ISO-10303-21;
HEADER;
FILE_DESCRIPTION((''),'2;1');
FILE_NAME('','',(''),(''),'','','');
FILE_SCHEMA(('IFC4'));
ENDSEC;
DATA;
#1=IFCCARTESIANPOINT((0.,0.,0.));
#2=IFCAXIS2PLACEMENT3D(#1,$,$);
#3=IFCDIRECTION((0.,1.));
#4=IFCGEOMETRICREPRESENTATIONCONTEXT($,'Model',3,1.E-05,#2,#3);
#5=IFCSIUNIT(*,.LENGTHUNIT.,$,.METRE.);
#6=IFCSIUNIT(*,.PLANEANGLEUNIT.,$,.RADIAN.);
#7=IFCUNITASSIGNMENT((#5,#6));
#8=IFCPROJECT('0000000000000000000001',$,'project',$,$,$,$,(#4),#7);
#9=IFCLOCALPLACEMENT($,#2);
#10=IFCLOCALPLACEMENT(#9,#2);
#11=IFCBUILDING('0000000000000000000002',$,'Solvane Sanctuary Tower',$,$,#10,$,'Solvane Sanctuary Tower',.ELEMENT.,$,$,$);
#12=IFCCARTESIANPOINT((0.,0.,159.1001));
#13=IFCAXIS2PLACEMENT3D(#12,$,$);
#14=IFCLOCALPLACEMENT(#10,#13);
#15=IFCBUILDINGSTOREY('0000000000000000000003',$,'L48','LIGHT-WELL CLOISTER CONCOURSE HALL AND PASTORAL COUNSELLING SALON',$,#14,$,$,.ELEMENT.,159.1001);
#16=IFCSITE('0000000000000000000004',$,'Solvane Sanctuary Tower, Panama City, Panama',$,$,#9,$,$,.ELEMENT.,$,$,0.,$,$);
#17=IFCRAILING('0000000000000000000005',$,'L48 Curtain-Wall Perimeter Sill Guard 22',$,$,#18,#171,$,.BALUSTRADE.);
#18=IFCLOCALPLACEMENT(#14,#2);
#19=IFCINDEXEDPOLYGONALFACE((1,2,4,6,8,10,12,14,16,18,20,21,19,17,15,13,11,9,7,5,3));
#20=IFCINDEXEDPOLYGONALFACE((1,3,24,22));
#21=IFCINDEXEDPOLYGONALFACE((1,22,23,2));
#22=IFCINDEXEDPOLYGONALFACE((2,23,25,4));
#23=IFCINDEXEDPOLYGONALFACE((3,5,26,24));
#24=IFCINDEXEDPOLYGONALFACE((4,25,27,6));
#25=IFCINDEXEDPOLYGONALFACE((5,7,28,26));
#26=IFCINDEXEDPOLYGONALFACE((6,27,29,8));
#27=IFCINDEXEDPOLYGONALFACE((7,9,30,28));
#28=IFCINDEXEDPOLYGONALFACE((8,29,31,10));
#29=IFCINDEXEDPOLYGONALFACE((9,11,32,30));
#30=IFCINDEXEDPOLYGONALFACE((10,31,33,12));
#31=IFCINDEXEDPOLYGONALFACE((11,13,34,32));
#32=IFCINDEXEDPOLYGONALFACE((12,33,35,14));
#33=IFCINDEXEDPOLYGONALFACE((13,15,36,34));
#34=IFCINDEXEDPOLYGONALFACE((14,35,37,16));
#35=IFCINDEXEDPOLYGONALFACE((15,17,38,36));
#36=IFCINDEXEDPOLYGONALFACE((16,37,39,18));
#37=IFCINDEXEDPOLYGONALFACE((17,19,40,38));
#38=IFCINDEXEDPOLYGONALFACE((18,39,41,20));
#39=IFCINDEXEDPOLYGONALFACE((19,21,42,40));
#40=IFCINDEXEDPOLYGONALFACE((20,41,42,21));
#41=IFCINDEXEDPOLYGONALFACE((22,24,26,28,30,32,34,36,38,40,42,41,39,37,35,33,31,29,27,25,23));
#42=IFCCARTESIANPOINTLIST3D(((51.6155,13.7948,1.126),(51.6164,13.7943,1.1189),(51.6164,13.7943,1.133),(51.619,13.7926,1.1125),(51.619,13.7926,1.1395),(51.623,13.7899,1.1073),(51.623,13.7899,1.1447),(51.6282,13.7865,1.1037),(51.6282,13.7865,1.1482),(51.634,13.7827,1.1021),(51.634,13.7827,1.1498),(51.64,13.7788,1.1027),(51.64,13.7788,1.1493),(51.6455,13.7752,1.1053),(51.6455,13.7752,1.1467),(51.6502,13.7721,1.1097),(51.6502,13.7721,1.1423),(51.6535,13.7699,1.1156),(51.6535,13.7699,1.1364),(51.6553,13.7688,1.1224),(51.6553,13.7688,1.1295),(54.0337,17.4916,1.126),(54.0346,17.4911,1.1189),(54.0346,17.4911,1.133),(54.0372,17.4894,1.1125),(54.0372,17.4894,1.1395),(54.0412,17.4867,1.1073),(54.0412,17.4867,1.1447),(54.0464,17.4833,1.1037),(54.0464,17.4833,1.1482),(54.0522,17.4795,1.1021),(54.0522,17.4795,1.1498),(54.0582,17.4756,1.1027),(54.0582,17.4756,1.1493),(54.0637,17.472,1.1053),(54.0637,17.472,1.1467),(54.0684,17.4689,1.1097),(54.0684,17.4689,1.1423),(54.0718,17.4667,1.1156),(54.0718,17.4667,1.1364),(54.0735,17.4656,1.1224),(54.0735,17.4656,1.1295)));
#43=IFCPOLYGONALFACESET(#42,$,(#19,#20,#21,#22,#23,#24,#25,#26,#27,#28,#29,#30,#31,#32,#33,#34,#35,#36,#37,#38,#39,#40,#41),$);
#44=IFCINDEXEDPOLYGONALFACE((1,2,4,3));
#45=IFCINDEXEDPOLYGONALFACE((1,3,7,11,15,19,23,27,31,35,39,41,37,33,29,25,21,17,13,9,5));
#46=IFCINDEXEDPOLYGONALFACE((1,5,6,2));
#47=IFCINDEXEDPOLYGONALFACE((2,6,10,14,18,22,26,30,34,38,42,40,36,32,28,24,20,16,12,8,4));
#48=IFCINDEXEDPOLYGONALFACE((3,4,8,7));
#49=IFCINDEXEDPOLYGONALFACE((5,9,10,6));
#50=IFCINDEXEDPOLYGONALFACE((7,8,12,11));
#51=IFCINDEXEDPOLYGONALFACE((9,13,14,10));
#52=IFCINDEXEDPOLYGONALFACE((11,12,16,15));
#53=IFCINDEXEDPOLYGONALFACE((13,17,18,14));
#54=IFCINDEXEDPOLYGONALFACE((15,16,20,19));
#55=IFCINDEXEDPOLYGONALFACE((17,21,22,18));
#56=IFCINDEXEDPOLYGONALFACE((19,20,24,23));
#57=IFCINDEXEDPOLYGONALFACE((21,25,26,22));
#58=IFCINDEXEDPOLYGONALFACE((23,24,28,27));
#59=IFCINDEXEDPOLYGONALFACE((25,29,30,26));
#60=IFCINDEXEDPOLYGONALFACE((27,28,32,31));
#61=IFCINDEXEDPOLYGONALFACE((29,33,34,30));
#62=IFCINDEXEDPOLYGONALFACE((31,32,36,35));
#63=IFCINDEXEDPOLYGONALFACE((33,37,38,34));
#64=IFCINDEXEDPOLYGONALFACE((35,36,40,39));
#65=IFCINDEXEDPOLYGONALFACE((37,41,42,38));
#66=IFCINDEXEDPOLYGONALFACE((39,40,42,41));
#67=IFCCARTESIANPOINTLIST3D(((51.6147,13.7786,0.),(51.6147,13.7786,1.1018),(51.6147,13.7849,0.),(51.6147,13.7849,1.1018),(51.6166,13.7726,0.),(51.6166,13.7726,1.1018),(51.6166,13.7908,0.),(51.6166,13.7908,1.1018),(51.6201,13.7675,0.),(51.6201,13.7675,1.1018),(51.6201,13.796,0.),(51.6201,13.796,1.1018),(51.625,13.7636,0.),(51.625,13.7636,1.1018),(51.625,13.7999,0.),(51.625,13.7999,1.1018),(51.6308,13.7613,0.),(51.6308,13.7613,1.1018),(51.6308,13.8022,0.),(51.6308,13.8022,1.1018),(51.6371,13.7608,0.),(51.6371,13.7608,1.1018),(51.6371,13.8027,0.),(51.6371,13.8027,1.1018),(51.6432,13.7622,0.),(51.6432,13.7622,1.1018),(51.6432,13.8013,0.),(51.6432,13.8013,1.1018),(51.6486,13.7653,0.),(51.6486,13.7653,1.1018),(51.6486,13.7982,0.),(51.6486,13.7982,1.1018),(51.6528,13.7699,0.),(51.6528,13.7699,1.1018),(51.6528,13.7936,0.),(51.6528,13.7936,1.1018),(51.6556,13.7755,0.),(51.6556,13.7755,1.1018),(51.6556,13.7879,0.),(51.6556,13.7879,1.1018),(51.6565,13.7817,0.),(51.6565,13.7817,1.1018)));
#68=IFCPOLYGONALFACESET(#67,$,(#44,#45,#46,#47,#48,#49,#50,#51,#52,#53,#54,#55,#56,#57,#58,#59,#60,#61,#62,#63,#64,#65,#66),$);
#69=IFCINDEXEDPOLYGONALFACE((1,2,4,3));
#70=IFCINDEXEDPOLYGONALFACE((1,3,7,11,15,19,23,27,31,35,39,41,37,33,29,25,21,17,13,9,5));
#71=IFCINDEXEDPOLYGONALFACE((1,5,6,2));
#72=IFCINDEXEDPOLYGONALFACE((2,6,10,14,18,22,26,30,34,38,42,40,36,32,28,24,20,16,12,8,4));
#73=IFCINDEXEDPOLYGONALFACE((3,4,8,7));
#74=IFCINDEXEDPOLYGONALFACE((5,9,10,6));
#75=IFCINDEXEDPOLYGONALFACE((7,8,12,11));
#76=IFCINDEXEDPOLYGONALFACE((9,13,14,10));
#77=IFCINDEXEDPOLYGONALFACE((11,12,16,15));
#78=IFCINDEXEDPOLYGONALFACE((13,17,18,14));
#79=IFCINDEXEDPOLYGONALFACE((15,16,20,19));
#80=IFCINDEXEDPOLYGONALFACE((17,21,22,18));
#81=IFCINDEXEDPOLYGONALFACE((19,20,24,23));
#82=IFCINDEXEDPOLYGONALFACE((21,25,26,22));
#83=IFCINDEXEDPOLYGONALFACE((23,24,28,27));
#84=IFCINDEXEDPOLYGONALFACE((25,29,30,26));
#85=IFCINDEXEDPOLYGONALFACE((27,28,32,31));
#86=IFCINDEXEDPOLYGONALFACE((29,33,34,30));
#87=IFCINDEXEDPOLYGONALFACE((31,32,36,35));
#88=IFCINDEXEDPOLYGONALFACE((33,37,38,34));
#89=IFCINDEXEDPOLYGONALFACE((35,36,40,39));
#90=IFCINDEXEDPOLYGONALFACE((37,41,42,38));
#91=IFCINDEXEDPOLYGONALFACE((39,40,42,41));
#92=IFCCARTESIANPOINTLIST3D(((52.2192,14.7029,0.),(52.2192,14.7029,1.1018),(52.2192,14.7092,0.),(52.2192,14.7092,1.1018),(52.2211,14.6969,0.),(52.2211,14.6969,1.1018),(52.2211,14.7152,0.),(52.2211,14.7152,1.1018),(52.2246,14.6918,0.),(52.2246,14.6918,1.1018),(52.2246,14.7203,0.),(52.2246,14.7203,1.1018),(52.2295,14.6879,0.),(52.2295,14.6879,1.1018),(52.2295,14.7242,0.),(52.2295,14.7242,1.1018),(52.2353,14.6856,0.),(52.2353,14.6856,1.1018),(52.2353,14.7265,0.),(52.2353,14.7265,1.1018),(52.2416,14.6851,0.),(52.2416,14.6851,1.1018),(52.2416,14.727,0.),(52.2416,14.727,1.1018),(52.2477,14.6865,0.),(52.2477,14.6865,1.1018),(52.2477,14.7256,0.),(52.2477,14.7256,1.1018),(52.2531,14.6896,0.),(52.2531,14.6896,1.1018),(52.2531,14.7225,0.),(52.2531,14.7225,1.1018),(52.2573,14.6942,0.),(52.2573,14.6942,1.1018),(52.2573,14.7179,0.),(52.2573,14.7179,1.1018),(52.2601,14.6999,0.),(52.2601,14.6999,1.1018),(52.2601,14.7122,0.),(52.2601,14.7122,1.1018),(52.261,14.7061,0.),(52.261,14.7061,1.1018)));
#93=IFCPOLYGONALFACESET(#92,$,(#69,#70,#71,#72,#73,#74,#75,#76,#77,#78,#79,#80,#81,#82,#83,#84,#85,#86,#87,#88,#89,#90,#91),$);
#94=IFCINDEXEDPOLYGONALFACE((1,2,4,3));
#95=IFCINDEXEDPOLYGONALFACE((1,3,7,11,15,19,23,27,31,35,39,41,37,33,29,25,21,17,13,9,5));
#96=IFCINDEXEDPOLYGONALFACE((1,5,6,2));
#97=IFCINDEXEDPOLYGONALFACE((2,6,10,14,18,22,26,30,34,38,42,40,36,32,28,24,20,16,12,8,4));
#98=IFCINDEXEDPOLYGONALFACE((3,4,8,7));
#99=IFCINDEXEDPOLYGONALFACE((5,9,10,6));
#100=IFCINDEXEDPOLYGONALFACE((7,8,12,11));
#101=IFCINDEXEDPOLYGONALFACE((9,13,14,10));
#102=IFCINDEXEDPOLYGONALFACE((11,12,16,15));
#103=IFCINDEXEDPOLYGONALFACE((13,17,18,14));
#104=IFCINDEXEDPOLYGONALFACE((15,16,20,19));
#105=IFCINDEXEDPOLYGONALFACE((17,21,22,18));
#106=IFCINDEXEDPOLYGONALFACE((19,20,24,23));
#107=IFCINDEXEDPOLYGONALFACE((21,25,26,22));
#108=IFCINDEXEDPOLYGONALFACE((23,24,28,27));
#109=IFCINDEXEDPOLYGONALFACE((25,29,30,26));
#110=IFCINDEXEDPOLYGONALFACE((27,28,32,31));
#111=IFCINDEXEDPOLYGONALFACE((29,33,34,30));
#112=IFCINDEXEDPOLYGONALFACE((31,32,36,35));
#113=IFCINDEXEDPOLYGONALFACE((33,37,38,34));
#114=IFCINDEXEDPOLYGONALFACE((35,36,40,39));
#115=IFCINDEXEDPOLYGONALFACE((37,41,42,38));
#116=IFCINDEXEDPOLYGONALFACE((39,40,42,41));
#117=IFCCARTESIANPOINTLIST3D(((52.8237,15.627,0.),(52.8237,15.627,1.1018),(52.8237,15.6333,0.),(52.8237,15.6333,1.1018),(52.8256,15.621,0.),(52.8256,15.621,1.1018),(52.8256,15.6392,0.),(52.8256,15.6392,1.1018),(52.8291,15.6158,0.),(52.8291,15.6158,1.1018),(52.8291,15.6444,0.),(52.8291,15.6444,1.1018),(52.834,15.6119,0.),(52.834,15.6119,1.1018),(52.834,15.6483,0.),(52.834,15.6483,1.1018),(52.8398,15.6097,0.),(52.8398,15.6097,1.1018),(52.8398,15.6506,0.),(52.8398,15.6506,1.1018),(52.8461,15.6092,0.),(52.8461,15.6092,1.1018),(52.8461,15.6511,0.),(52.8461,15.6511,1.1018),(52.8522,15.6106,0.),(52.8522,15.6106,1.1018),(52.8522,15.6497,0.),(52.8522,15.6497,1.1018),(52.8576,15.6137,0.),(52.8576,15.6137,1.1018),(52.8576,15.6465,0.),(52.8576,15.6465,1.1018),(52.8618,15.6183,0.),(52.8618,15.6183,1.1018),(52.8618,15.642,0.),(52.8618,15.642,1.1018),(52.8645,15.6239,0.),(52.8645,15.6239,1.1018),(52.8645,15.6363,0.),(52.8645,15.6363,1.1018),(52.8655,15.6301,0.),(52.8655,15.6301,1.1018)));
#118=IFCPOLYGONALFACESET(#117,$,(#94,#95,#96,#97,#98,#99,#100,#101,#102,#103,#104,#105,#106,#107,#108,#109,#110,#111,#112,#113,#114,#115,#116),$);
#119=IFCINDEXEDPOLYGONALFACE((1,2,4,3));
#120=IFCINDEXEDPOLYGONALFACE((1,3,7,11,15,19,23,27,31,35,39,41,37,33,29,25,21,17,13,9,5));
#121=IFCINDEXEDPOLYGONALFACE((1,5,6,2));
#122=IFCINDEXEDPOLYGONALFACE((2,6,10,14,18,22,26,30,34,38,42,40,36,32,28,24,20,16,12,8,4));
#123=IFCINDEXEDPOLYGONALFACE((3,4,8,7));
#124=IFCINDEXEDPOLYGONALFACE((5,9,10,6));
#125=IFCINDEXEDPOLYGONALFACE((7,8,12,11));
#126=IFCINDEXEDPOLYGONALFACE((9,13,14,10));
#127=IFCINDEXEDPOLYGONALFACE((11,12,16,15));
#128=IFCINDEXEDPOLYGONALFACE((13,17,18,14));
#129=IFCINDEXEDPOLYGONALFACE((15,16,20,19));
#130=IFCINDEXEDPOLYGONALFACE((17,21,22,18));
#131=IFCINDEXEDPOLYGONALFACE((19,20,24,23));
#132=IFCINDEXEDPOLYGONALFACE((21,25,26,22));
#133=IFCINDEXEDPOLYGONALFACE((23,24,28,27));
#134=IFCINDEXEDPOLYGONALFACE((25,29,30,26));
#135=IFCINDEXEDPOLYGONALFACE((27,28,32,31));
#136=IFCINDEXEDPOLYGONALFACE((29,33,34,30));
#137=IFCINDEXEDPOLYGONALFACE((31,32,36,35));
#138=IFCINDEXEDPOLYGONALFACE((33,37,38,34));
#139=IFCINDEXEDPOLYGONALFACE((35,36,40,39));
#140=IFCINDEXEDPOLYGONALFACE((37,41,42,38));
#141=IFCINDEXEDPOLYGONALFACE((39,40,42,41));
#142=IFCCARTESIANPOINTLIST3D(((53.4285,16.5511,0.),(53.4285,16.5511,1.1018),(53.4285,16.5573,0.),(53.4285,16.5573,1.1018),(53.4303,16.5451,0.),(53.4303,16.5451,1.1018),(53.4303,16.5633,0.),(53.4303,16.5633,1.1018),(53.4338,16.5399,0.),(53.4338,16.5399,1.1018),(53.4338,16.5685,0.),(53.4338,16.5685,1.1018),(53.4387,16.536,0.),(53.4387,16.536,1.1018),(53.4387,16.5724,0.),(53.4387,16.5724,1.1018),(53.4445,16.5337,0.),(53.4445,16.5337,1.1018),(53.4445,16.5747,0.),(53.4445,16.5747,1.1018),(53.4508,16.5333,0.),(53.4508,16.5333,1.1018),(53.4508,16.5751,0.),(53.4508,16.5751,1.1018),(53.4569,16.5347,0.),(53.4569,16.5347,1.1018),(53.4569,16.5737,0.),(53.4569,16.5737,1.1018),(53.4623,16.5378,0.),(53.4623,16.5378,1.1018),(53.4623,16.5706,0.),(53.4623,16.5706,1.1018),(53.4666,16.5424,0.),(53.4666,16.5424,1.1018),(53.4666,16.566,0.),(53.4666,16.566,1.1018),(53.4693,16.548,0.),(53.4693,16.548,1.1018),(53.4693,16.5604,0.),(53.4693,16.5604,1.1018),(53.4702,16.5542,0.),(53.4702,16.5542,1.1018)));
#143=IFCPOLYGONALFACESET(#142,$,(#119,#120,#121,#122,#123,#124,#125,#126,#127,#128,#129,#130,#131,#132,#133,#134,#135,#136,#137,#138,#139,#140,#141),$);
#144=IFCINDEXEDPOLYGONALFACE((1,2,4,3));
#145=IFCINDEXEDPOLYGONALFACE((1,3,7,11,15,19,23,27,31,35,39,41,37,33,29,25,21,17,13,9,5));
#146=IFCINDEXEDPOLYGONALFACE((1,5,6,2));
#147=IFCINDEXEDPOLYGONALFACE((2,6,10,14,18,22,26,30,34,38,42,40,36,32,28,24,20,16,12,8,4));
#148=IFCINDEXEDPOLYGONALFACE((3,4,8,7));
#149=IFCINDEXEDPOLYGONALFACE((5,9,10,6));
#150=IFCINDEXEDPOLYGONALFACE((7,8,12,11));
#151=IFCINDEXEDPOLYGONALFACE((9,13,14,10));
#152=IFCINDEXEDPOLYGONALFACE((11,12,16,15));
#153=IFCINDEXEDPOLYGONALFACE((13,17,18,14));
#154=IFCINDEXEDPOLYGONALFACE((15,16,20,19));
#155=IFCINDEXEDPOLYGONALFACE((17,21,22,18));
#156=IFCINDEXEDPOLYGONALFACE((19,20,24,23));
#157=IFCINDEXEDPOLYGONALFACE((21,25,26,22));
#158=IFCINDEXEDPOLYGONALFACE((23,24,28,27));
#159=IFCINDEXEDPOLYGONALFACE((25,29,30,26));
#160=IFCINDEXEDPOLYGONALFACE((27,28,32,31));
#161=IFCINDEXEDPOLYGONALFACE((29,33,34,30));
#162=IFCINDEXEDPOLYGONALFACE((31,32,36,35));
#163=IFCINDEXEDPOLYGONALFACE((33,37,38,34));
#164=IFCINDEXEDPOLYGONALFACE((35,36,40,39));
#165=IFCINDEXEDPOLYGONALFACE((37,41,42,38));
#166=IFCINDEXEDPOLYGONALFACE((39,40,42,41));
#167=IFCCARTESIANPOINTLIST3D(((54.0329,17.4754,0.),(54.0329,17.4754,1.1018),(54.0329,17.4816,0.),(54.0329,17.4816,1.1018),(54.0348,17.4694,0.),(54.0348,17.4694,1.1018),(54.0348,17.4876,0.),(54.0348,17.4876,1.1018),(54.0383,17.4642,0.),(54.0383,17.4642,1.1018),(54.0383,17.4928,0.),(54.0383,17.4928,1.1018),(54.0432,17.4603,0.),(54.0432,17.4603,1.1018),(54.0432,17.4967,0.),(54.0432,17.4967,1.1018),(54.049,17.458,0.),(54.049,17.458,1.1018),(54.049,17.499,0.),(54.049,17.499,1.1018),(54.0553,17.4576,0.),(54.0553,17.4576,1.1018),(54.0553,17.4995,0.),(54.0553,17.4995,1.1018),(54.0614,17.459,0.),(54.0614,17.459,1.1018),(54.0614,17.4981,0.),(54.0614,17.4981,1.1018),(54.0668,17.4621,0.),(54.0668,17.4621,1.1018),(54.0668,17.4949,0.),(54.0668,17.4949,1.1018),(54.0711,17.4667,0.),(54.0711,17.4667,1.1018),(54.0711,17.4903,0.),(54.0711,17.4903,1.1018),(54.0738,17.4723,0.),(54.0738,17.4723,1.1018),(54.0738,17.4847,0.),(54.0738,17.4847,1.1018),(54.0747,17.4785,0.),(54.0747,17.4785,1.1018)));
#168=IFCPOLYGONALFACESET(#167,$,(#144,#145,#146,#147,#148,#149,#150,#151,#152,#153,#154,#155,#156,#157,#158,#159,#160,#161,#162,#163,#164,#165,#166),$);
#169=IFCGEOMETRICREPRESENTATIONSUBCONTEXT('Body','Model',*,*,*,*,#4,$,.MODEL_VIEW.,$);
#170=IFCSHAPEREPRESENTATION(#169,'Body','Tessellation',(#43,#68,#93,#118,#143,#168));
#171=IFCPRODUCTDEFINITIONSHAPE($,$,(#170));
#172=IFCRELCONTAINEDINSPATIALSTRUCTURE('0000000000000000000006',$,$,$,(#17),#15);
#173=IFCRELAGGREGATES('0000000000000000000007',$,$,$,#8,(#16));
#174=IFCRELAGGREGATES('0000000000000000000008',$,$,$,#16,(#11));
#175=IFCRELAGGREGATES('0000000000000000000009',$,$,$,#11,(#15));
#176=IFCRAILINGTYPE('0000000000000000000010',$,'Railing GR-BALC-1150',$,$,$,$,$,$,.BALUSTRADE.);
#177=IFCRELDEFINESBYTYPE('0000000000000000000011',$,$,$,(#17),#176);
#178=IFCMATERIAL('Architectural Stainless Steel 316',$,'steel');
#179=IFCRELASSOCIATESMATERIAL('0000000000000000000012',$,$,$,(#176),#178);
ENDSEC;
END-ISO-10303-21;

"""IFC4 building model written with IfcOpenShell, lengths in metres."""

from ifc_helpers import new_model, si_unit, direction, frame, origin, origin_2d, place, context, subcontext, project, spatial, circle, extrude, material, type_object, element, save


model = new_model("IFC4")

# Units and contexts
model_context = context("Model", 3, precision=1e-05, world=origin(), true_north=direction((0.0, 1.0)))
body_context = subcontext(model_context, "Body", "Model", "MODEL_VIEW")
ifc_project = project(units=[si_unit("LENGTHUNIT", "METRE"), si_unit("PLANEANGLEUNIT", "RADIAN")], contexts=[model_context])

# Site, building, storey
site_placement = place(None, origin())
site = spatial("IfcSite", under=ifc_project, at=site_placement, Name="Solvane Sanctuary Tower, Panama City, Panama", CompositionType="ELEMENT", RefElevation=0.0)
building_placement = place(site_placement, origin())
building = spatial("IfcBuilding", under=site, at=building_placement, Name="Solvane Sanctuary Tower", LongName="Solvane Sanctuary Tower", CompositionType="ELEMENT")
storey_placement = place(building_placement, frame((0.0, 0.0, 159.1001)))
storey = spatial("IfcBuildingStorey", under=building, at=storey_placement, Name="L48", Description="LIGHT-WELL CLOISTER CONCOURSE HALL AND PASTORAL COUNSELLING SALON", CompositionType="ELEMENT", Elevation=159.1001)

# Railing
ifc_material_1 = material(Name="Architectural Stainless Steel 316", Category="steel")
railing_type_1 = type_object("IfcRailingType", Name="Railing GR-BALC-1150", PredefinedType="BALUSTRADE", material=ifc_material_1)
railing_1_placement = place(storey_placement, frame((51.6355, 13.7817, 0.0)))
element("IfcRailing", 1, at=railing_1_placement, inside=storey, type_object=railing_type_1, Name="L48 Curtain-Wall Perimeter Sill Guard 22", PredefinedType="BALUSTRADE", context=body_context, shape_type="SweptSolid", body=[
    extrude(circle(Radius=0.0239, at=origin_2d()), frame((0.0, 0.0, 1.126), z_axis=(0.547422, 0.836857, 0.0), x_axis=(-0.836857, 0.547422, 0.0)), (0.0, 0.0, 1.0), 4.4175),
    extrude(circle(Radius=0.021, at=origin_2d()), origin(), (0.0, 0.0, 1.0), 1.1018),
    extrude(circle(Radius=0.021, at=origin_2d()), frame((0.6045, 0.9243, 0.0)), (0.0, 0.0, 1.0), 1.1018),
    extrude(circle(Radius=0.021, at=origin_2d()), frame((1.209, 1.8484, 0.0)), (0.0, 0.0, 1.0), 1.1018),
    extrude(circle(Radius=0.021, at=origin_2d()), frame((1.8137, 2.7725, 0.0)), (0.0, 0.0, 1.0), 1.1018),
    extrude(circle(Radius=0.021, at=origin_2d()), frame((2.4182, 3.6968, 0.0)), (0.0, 0.0, 1.0), 1.1018),
])

save(model, "model.ifc")
